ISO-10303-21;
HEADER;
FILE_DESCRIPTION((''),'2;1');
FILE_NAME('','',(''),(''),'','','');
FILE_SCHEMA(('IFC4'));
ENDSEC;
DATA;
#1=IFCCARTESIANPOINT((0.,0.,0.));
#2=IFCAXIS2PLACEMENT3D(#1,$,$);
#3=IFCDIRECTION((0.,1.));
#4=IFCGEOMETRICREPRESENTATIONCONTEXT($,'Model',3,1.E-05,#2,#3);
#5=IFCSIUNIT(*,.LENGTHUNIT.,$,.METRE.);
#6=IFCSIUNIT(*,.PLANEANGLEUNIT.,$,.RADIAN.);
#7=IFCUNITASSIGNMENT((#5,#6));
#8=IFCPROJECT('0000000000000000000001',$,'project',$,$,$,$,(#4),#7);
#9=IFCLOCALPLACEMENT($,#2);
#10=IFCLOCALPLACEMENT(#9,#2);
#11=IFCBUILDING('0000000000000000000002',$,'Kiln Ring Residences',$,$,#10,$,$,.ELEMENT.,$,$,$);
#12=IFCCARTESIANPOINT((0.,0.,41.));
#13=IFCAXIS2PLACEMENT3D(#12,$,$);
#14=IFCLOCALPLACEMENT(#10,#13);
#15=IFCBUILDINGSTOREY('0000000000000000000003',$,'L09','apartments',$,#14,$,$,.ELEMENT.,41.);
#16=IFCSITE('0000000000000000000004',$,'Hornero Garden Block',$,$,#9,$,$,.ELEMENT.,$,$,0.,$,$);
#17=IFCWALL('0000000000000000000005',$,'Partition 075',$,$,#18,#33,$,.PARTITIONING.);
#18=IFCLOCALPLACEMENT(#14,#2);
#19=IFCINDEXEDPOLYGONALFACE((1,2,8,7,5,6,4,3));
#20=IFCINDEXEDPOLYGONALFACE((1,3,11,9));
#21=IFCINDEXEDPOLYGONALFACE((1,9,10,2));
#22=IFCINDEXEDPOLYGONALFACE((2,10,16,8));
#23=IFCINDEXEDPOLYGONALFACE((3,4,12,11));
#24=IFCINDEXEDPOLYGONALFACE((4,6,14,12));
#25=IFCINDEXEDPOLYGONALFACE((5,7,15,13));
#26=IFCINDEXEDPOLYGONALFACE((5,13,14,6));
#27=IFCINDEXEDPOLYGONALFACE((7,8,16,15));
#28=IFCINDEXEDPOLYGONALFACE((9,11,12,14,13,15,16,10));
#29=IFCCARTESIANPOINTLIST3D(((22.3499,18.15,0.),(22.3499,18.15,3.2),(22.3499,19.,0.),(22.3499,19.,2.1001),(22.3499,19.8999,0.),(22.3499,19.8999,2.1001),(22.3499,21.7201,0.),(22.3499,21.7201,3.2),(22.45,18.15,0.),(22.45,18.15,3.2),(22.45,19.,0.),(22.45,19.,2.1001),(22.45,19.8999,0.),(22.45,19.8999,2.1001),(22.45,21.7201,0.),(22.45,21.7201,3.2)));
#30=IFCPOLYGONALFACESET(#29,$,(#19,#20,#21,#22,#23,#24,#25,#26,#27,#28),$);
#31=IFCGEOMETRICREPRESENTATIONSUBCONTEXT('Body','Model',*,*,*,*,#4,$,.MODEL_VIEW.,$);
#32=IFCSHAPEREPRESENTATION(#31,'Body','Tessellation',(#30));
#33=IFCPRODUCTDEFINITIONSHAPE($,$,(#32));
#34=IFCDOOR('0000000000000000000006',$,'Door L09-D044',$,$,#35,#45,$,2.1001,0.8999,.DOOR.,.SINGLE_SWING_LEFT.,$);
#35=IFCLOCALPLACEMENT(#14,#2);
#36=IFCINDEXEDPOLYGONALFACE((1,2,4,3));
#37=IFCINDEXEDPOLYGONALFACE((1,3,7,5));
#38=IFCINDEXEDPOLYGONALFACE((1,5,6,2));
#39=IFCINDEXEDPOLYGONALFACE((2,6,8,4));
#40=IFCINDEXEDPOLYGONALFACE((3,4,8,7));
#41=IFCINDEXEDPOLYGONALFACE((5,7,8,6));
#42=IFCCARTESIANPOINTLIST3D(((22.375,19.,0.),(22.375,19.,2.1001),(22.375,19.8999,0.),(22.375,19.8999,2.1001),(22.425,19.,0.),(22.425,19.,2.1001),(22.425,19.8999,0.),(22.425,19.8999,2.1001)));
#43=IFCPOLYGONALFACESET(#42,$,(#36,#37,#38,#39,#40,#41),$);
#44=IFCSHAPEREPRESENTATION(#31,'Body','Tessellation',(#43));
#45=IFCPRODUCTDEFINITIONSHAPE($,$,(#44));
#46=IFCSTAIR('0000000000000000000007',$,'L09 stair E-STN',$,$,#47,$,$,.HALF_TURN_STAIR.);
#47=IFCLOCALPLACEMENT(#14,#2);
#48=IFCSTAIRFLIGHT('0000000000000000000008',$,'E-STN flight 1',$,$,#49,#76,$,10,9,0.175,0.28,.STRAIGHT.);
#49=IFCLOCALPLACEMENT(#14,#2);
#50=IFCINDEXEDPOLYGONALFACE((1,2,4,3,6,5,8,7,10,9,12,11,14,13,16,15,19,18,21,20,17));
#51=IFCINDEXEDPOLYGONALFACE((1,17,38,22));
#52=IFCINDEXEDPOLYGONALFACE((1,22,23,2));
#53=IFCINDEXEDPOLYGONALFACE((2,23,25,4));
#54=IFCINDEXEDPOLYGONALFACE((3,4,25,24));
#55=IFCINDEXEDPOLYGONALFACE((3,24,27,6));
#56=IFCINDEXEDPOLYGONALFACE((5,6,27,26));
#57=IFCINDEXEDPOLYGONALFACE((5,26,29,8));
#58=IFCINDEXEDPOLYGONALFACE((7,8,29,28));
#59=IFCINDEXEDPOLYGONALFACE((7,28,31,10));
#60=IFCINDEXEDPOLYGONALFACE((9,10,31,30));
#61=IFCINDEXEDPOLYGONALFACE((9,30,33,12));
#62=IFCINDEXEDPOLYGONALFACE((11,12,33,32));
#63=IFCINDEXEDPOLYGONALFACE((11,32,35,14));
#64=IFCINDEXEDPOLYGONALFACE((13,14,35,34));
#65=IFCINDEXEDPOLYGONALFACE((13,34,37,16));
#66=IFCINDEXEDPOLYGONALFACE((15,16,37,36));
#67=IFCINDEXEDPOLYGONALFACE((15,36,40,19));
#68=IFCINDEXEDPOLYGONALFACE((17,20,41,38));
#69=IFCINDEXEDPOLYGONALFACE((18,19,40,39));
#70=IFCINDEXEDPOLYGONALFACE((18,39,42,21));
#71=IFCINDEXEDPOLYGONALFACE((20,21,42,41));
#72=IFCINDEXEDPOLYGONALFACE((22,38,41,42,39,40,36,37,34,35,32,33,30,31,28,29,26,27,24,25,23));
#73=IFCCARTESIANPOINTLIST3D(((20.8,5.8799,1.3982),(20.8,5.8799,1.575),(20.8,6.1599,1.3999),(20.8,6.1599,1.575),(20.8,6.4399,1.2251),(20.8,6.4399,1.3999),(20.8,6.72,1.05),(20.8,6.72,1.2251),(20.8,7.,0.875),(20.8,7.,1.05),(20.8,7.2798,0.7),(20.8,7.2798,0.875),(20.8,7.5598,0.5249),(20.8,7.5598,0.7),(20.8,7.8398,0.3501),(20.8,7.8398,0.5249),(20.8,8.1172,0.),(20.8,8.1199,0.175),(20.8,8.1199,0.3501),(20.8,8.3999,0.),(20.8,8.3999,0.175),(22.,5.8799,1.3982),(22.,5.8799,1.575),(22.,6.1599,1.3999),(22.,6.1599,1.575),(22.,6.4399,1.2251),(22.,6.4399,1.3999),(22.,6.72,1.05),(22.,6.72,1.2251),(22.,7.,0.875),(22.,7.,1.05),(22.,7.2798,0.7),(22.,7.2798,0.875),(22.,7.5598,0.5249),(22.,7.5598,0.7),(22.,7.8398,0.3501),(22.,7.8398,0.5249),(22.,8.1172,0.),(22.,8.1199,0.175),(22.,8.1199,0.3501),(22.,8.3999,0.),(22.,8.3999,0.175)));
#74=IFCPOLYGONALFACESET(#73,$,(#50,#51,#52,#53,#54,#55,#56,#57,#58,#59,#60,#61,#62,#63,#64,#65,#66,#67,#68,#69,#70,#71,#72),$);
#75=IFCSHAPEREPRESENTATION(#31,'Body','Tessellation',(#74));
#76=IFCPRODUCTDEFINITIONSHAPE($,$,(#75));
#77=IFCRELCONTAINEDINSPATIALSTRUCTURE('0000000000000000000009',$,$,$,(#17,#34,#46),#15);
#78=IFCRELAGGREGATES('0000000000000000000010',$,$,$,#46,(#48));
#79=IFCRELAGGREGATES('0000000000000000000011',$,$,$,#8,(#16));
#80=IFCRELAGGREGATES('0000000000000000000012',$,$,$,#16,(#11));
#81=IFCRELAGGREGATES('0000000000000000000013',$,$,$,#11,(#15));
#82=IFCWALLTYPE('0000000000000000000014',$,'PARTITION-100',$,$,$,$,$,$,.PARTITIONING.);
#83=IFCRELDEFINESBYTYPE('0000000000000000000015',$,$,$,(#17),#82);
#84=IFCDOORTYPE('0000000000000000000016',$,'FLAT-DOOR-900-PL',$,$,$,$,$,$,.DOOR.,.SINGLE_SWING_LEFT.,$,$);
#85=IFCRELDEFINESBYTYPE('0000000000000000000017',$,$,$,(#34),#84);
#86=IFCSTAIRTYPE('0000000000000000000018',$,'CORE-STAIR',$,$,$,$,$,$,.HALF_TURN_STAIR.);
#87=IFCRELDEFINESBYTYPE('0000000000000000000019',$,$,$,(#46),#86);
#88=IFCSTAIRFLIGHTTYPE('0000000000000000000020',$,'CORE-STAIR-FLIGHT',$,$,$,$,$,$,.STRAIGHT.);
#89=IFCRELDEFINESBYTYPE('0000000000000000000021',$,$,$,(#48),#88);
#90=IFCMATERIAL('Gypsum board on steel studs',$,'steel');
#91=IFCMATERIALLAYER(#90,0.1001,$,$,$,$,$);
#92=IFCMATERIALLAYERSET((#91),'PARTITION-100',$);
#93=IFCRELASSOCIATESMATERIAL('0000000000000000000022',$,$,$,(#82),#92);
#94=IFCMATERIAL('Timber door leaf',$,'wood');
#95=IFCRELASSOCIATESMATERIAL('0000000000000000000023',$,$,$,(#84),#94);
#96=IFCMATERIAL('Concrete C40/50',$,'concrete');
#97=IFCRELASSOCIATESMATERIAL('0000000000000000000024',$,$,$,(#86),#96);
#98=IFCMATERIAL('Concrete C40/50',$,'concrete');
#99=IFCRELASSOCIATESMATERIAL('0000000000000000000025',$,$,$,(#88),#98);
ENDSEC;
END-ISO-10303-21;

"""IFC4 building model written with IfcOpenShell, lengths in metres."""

from ifc_helpers import new_model, si_unit, direction, frame, frame_2d, origin, place, context, subcontext, project, spatial, polyline, rectangle, outline, extrude, material, layer, layer_set, type_object, element, fill, aggregate, save


model = new_model("IFC4")

# Units and contexts
model_context = context("Model", 3, precision=1e-05, world=origin(), true_north=direction((0.0, 1.0)))
body_context = subcontext(model_context, "Body", "Model", "MODEL_VIEW")
ifc_project = project(units=[si_unit("LENGTHUNIT", "METRE"), si_unit("PLANEANGLEUNIT", "RADIAN")], contexts=[model_context])

# Site, building, storey
site_placement = place(None, origin())
site = spatial("IfcSite", under=ifc_project, at=site_placement, Name="Hornero Garden Block", CompositionType="ELEMENT", RefElevation=0.0)
building_placement = place(site_placement, origin())
building = spatial("IfcBuilding", under=site, at=building_placement, Name="Kiln Ring Residences", CompositionType="ELEMENT")
storey_placement = place(building_placement, frame((0.0, 0.0, 41.0)))
storey = spatial("IfcBuildingStorey", under=building, at=storey_placement, Name="L09", Description="apartments", CompositionType="ELEMENT", Elevation=41.0)

# Shared definitions
ifc_material_1 = material(Name="Gypsum board on steel studs", Category="steel")
ifc_layer_1 = layer(ifc_material_1, 0.1001)
ifc_layer_set_1 = layer_set([ifc_layer_1], Name="PARTITION-100")
wall_type_1 = type_object("IfcWallType", Name="PARTITION-100", PredefinedType="PARTITIONING", material=ifc_layer_set_1)

# Wall, opening, door
wall_1_placement = place(storey_placement, frame((22.3999, 18.1499, 0.0), z_axis=(0.0, 0.0, 1.0), x_axis=(0.0, 1.0, 0.0)))
wall_1 = element("IfcWall", 1, at=wall_1_placement, inside=storey, type_object=wall_type_1, Name="Partition 075", PredefinedType="PARTITIONING", context=body_context, shape_type="SweptSolid", body=[
    extrude(rectangle(XDim=3.5701, YDim=0.1001, at=frame_2d((1.7852, 0.0))), origin(), (0.0, 0.0, 1.0), 3.2),
])
opening_1_placement = place(wall_1_placement, frame((0.8501, 0.0, 0.0)))
opening_1 = element("IfcOpeningElement", 2, at=opening_1_placement, cuts=wall_1, PredefinedType="OPENING", context=body_context, shape_type="SweptSolid", body=[
    extrude(rectangle(XDim=0.8999, YDim=2.1001, at=frame_2d((0.45, 1.05))), frame((0.0, 0.0601, 0.0), z_axis=(0.0, -1.0, 0.0), x_axis=(1.0, 0.0, 0.0)), (0.0, 0.0, 1.0), 0.1201),
])
ifc_material_2 = material(Name="Timber door leaf", Category="wood")
door_type_1 = type_object("IfcDoorType", Name="FLAT-DOOR-900-PL", OperationType="SINGLE_SWING_LEFT", PredefinedType="DOOR", material=ifc_material_2)
door_1_placement = place(opening_1_placement, origin())
door_1 = element("IfcDoor", 3, at=door_1_placement, inside=storey, type_object=door_type_1, Name="Door L09-D044", OperationType="SINGLE_SWING_LEFT", OverallHeight=2.1001, OverallWidth=0.8999, PredefinedType="DOOR", context=body_context, shape_type="SweptSolid", body=[
    extrude(rectangle(XDim=0.8999, YDim=2.1001, at=frame_2d((0.45, 1.05))), frame((0.0, 0.0249, 0.0), z_axis=(0.0, -1.0, 0.0), x_axis=(1.0, 0.0, 0.0)), (0.0, 0.0, 1.0), 0.05),
])
fill(opening_1, door_1)

# Stair, stair flight
ifc_material_3 = material(Name="Concrete C40/50", Category="concrete")
stair_type = type_object("IfcStairType", Name="CORE-STAIR", PredefinedType="HALF_TURN_STAIR", material=ifc_material_3)
stair_placement = place(storey_placement, origin())
stair = element("IfcStair", 4, at=stair_placement, inside=storey, type_object=stair_type, Name="L09 stair E-STN", PredefinedType="HALF_TURN_STAIR")
ifc_material_4 = material(Name="Concrete C40/50", Category="concrete")
stair_flight_type = type_object("IfcStairFlightType", Name="CORE-STAIR-FLIGHT", PredefinedType="STRAIGHT", material=ifc_material_4)
stair_flight_placement = place(storey_placement, frame((21.3999, 8.3999, 0.0), z_axis=(0.0, 0.0, 1.0), x_axis=(0.0, -1.0, 0.0)))
stair_flight = element("IfcStairFlight", 5, at=stair_flight_placement, type_object=stair_flight_type, Name="E-STN flight 1", NumberOfRisers=10, NumberOfTreads=9, PredefinedType="STRAIGHT", RiserHeight=0.175, TreadLength=0.28, context=body_context, shape_type="SweptSolid", body=[
    extrude(outline(polyline([(0.0, 0.0), (0.0, 0.175), (0.28, 0.175), (0.28, 0.3501), (0.5601, 0.3501), (0.5601, 0.5249), (0.8401, 0.5249), (0.8401, 0.7), (1.1201, 0.7), (1.1201, 0.875), (1.3999, 0.875), (1.3999, 1.05), (1.6799, 1.05), (1.6799, 1.2251), (1.96, 1.2251), (1.96, 1.3999), (2.24, 1.3999), (2.24, 1.575), (2.52, 1.575), (2.52, 1.75), (2.52, 1.3982), (0.2827, 0.0), (0.0, 0.0)])), frame((0.0, 0.6001, 0.0), z_axis=(0.0, -1.0, 0.0), x_axis=(1.0, 0.0, 0.0)), (0.0, 0.0, 1.0), 1.2),
])
aggregate(stair, [stair_flight])

save(model, "model.ifc")
